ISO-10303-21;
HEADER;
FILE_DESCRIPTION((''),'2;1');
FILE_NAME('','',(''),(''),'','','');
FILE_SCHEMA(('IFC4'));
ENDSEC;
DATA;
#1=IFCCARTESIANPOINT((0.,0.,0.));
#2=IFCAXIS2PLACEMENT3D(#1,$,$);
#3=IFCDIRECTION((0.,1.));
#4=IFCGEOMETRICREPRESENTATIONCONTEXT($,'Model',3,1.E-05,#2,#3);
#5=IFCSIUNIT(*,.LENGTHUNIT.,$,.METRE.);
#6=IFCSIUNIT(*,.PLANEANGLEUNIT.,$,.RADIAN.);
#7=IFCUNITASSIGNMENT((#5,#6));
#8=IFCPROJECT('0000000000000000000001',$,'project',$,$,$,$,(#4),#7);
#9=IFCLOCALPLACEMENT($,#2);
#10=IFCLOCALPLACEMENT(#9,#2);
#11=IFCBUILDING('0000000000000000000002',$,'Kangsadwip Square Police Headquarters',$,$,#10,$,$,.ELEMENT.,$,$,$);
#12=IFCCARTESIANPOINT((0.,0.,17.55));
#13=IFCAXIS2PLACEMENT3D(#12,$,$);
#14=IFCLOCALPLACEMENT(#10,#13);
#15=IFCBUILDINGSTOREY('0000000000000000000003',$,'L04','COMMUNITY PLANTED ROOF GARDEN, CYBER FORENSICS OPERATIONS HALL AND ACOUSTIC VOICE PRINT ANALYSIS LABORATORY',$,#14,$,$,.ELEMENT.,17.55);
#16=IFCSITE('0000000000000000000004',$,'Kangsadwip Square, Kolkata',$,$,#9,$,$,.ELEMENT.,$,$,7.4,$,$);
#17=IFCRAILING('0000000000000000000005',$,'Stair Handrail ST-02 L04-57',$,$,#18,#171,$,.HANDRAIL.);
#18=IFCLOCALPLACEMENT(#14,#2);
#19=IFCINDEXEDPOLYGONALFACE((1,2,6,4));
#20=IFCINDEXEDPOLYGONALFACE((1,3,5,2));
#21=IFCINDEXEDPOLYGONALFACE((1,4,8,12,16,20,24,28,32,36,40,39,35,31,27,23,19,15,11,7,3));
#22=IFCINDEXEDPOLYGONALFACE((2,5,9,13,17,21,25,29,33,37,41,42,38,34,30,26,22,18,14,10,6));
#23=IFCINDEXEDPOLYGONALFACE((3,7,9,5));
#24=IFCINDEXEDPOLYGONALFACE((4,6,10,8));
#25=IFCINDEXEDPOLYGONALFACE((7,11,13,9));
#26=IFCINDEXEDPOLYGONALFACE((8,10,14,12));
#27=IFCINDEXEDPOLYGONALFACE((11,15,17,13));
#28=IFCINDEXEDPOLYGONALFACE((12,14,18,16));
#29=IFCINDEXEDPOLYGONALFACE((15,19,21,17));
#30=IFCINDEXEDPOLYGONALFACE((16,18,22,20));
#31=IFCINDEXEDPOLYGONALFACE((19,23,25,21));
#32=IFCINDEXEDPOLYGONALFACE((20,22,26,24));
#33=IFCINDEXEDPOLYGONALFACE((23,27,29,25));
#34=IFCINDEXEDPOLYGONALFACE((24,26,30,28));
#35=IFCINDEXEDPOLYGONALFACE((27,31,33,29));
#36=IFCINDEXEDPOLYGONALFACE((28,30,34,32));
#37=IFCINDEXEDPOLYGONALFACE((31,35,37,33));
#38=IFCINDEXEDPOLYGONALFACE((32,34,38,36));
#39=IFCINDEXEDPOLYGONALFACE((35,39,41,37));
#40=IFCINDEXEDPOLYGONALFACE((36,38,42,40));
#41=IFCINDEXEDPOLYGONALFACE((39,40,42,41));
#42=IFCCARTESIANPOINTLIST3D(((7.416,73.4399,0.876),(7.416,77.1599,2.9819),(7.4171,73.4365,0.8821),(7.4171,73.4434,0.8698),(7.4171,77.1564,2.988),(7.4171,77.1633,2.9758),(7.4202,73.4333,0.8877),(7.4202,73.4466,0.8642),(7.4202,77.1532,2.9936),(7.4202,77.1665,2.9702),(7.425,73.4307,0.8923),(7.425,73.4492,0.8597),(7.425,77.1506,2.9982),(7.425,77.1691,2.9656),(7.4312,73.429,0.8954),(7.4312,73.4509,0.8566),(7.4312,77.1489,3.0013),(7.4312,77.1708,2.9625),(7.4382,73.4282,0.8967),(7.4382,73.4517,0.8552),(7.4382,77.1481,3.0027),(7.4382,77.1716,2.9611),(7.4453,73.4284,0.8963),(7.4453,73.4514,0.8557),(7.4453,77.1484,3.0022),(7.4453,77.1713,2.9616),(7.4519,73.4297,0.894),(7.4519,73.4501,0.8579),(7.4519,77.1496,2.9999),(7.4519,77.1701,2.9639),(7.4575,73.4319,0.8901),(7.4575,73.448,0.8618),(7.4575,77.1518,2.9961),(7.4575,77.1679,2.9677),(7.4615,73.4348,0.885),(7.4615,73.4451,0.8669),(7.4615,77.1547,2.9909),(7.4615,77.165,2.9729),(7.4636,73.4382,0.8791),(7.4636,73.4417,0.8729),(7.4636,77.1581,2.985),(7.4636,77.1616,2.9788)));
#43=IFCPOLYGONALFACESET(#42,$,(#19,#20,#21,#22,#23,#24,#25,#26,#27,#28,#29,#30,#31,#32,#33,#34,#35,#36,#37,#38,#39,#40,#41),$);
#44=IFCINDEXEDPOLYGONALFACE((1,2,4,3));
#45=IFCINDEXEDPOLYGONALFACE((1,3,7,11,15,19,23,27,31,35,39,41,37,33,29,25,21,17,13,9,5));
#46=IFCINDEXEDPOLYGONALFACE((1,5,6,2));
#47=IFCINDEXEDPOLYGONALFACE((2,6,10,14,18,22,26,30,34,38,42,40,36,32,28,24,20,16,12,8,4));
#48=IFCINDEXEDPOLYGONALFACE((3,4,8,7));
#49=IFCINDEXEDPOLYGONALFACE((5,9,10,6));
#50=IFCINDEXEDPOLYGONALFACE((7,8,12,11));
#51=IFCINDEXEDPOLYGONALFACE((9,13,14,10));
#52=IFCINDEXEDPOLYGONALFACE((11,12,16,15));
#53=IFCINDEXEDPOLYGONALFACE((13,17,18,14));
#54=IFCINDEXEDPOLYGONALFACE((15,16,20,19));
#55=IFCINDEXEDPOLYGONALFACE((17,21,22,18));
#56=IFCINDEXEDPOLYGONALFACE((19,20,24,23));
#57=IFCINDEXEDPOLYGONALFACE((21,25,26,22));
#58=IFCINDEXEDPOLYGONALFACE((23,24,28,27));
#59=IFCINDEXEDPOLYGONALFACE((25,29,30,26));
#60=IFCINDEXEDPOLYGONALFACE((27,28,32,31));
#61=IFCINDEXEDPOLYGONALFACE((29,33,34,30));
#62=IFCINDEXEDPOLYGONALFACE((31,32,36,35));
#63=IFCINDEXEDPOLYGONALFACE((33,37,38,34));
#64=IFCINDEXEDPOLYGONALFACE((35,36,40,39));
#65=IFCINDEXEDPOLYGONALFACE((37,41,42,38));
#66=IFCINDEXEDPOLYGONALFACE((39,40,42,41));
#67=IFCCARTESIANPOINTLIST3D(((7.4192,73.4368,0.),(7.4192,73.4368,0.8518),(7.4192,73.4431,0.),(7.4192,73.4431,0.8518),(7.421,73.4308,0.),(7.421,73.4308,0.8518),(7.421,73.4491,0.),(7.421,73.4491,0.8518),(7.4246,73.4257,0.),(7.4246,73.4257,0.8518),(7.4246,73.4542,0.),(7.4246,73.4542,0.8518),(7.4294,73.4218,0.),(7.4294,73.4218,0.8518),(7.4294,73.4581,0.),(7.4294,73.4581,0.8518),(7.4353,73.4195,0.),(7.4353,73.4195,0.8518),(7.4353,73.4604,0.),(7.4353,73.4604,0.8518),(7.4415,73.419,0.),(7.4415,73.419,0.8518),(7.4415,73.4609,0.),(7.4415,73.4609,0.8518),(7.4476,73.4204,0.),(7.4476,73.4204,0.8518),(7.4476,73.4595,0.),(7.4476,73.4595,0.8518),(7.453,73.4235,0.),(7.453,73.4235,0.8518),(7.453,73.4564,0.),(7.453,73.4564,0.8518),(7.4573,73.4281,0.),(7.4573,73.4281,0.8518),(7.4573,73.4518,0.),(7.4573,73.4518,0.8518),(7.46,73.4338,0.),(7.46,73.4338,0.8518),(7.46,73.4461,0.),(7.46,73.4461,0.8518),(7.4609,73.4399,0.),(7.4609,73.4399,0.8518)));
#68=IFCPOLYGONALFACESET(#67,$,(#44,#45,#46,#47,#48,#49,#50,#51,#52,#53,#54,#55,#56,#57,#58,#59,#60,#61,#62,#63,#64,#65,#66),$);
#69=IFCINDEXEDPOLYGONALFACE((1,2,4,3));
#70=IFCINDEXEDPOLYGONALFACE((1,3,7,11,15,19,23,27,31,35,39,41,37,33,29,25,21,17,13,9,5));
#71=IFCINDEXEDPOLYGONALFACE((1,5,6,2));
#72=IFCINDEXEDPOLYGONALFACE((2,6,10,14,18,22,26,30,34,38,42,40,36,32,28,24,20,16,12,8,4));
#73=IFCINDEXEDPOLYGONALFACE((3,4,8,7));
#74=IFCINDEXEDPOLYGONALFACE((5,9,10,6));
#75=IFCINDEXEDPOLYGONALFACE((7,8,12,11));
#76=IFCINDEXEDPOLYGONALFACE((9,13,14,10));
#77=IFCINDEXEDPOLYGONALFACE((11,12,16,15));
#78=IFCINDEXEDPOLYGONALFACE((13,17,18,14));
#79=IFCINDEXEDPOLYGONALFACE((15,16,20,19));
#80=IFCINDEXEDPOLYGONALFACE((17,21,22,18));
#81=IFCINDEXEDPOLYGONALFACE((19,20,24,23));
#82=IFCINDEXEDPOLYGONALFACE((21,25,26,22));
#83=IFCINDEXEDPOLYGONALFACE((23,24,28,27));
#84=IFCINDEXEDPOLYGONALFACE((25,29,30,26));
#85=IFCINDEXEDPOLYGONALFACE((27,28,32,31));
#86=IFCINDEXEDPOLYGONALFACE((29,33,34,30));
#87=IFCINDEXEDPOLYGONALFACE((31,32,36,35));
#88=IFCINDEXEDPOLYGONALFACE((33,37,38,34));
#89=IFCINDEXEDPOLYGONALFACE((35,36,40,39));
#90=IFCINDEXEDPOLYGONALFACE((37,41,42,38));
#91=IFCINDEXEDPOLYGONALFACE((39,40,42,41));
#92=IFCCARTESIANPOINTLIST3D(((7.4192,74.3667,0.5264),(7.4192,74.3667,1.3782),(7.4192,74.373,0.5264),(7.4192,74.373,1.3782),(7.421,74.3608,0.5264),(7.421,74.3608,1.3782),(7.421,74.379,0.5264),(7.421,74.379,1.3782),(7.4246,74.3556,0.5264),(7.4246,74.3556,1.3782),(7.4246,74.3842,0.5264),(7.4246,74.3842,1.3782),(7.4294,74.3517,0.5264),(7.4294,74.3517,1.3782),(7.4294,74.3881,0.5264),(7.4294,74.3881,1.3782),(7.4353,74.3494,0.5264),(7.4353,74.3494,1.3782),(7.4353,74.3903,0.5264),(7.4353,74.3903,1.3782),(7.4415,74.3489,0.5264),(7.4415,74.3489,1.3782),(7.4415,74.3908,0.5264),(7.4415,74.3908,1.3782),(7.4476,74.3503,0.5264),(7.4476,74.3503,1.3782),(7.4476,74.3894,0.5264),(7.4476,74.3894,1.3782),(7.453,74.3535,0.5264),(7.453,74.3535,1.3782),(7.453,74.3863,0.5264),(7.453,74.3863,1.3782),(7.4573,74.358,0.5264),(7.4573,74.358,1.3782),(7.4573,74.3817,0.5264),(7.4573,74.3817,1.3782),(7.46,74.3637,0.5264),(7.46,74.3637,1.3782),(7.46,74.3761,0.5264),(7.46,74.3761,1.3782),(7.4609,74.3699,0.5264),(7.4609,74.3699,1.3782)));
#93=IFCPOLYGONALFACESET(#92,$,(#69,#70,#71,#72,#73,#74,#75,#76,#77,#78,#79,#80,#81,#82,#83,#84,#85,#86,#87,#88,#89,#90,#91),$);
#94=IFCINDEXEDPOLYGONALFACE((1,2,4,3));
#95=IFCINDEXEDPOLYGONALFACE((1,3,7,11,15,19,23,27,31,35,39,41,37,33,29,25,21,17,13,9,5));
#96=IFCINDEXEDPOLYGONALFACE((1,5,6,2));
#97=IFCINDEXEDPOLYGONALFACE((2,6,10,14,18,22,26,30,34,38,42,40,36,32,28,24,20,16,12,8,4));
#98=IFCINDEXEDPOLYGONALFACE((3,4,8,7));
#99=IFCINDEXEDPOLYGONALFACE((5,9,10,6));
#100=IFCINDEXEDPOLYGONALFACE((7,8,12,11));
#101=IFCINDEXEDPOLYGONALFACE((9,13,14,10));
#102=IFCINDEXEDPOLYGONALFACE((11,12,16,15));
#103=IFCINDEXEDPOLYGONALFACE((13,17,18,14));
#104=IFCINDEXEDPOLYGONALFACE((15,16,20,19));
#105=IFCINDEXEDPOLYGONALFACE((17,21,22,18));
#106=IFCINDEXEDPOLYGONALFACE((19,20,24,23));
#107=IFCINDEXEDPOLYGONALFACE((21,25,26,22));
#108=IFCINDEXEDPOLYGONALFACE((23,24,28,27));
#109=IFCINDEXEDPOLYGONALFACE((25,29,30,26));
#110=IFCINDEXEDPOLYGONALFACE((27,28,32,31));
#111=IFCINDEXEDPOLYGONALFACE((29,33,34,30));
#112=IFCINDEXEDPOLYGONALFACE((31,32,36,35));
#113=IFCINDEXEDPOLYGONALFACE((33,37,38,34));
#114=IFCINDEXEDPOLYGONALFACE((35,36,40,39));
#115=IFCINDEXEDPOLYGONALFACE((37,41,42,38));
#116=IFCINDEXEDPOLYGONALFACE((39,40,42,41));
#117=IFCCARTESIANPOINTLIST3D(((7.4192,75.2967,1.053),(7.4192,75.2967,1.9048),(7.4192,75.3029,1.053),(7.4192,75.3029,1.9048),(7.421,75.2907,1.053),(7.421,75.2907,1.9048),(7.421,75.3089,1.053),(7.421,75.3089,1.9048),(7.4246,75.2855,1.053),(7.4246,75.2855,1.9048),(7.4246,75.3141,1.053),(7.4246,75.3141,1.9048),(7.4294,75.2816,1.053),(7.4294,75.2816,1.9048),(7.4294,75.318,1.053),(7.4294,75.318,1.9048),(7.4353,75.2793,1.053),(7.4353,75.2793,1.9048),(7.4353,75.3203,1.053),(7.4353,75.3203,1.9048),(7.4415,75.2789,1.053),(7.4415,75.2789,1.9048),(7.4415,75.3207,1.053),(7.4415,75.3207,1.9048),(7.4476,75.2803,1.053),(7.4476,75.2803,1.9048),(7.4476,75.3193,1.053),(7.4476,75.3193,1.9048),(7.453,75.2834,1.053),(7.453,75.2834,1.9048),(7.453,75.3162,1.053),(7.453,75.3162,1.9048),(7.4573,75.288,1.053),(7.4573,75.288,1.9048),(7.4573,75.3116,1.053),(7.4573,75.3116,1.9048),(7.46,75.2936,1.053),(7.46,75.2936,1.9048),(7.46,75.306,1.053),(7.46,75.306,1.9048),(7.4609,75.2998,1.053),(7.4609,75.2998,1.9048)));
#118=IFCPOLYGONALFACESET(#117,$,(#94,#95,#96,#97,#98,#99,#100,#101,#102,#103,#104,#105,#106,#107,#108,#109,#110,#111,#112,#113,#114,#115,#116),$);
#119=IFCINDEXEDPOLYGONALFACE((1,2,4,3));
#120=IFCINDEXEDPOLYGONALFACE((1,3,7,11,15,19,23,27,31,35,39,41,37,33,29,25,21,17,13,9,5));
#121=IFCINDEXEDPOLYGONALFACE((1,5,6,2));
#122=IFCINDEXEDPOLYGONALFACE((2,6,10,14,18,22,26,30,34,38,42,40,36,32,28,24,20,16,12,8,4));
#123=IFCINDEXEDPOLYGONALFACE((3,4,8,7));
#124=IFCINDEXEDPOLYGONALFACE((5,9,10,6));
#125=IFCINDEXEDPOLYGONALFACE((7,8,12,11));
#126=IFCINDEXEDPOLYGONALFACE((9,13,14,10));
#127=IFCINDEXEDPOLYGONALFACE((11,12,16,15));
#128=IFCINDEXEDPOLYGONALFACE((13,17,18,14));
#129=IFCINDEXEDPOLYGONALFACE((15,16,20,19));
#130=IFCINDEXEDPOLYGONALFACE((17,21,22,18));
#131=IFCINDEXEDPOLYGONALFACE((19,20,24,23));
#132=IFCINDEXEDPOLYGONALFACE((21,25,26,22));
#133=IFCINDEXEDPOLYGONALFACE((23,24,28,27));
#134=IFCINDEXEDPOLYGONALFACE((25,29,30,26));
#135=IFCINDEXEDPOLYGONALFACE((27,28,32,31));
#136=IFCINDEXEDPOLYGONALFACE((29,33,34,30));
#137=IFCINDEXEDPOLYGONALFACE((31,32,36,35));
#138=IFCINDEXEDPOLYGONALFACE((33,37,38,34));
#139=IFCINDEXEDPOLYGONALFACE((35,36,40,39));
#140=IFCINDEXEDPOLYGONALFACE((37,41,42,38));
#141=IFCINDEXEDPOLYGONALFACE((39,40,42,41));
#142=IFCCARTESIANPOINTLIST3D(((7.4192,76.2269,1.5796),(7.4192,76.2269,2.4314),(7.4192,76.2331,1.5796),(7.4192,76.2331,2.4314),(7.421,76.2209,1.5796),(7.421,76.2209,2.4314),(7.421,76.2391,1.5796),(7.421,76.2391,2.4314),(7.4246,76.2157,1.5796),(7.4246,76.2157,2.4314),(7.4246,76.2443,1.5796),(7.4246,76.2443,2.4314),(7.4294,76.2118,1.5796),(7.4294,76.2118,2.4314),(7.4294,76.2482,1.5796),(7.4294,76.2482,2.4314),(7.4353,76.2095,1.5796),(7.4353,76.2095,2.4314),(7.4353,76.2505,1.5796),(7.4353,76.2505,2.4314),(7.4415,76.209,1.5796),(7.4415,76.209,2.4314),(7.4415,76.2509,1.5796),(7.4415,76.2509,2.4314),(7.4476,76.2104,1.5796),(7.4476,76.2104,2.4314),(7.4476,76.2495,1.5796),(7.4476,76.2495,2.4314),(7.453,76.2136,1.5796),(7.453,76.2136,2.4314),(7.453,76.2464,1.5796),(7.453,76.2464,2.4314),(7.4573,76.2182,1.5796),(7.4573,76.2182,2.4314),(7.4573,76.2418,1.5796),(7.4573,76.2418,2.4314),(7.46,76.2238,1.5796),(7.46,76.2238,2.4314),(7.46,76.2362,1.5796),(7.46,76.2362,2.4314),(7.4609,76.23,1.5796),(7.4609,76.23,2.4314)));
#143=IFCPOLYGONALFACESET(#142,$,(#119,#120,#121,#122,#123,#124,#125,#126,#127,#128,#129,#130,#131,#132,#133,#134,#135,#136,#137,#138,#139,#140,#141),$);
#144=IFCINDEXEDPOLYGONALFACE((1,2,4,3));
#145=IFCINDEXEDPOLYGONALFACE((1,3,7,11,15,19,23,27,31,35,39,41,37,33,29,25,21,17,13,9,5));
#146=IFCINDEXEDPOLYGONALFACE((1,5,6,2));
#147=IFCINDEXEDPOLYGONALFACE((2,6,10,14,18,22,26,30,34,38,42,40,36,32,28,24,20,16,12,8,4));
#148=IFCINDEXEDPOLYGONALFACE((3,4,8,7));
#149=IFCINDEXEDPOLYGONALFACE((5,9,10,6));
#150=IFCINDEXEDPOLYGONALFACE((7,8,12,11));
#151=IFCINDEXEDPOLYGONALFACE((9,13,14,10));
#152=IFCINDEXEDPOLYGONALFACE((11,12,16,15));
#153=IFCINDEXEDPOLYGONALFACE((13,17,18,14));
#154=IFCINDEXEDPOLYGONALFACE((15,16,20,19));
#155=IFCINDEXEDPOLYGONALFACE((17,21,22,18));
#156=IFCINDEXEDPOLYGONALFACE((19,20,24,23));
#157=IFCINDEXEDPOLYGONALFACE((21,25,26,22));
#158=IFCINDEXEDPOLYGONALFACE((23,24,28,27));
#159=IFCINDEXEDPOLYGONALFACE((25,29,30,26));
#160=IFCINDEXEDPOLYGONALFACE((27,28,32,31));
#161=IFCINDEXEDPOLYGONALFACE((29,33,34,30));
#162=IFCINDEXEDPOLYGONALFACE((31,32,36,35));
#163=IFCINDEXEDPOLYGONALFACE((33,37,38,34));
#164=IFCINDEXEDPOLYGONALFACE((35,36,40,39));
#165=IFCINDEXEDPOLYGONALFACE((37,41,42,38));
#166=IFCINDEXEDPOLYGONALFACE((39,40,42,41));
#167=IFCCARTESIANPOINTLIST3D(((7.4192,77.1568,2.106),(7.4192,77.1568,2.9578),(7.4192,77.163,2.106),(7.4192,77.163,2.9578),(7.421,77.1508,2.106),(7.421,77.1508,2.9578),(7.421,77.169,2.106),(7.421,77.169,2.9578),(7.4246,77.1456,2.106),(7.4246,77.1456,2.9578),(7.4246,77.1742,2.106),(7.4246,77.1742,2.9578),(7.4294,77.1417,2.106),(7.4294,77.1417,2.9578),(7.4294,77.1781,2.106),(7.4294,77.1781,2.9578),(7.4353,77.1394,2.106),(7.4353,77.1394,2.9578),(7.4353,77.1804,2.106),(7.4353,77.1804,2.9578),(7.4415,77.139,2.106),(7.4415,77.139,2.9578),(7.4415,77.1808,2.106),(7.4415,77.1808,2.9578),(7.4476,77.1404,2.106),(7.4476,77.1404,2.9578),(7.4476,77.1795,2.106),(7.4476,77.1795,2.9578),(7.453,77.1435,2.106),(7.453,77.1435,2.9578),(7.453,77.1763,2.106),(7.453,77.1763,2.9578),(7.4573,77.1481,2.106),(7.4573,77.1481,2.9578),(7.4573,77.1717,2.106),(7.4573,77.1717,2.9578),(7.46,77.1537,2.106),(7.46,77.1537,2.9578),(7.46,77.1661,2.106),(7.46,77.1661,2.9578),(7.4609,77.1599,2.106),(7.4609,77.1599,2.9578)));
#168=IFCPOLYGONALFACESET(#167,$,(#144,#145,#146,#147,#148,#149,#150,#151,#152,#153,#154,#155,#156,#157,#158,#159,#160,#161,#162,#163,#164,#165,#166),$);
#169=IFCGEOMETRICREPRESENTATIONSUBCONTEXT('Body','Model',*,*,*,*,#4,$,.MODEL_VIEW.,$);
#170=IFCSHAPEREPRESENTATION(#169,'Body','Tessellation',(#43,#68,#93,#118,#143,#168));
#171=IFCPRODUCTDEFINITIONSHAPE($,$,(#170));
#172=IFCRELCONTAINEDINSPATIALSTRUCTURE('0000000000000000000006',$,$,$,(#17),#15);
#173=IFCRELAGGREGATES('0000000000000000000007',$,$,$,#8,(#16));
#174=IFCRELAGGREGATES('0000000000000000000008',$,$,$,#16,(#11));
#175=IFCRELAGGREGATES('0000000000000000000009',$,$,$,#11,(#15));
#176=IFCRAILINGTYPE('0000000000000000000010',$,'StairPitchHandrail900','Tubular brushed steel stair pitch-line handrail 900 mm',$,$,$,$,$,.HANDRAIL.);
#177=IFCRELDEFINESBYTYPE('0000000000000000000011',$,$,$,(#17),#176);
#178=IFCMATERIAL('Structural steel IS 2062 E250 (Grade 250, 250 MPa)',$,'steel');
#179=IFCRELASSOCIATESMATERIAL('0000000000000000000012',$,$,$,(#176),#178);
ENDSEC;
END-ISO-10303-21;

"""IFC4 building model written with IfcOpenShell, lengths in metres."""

from ifc_helpers import new_model, si_unit, direction, frame, origin, origin_2d, place, context, subcontext, project, spatial, circle, extrude, material, type_object, element, save


model = new_model("IFC4")

# Units and contexts
model_context = context("Model", 3, precision=1e-05, world=origin(), true_north=direction((0.0, 1.0)))
body_context = subcontext(model_context, "Body", "Model", "MODEL_VIEW")
ifc_project = project(units=[si_unit("LENGTHUNIT", "METRE"), si_unit("PLANEANGLEUNIT", "RADIAN")], contexts=[model_context])

# Site, building, storey
site_placement = place(None, origin())
site = spatial("IfcSite", under=ifc_project, at=site_placement, Name="Kangsadwip Square, Kolkata", CompositionType="ELEMENT", RefElevation=7.4)
building_placement = place(site_placement, origin())
building = spatial("IfcBuilding", under=site, at=building_placement, Name="Kangsadwip Square Police Headquarters", CompositionType="ELEMENT")
storey_placement = place(building_placement, frame((0.0, 0.0, 17.55)))
storey = spatial("IfcBuildingStorey", under=building, at=storey_placement, Name="L04", Description="COMMUNITY PLANTED ROOF GARDEN, CYBER FORENSICS OPERATIONS HALL AND ACOUSTIC VOICE PRINT ANALYSIS LABORATORY", CompositionType="ELEMENT", Elevation=17.55)

# Railing
ifc_material_1 = material(Name="Structural steel IS 2062 E250 (Grade 250, 250 MPa)", Category="steel")
railing_type_1 = type_object("IfcRailingType", Name="StairPitchHandrail900", Description="Tubular brushed steel stair pitch-line handrail 900 mm", PredefinedType="HANDRAIL", material=ifc_material_1)
railing_1_placement = place(storey_placement, frame((7.4399, 73.4399, 0.0)))
element("IfcRailing", 1, at=railing_1_placement, inside=storey, type_object=railing_type_1, Name="Stair Handrail ST-02 L04-57", PredefinedType="HANDRAIL", context=body_context, shape_type="SweptSolid", body=[
    extrude(circle(Radius=0.0239, at=origin_2d()), frame((0.0, 0.0, 0.876), z_axis=(0.0, 0.870225, 0.492654), x_axis=(-1.0, 0.0, 0.0)), (0.0, 0.0, 1.0), 4.2747),
    extrude(circle(Radius=0.021, at=origin_2d()), origin(), (0.0, 0.0, 1.0), 0.8518),
    extrude(circle(Radius=0.021, at=origin_2d()), frame((0.0, 0.9299, 0.5264)), (0.0, 0.0, 1.0), 0.8518),
    extrude(circle(Radius=0.021, at=origin_2d()), frame((0.0, 1.8599, 1.053)), (0.0, 0.0, 1.0), 0.8518),
    extrude(circle(Radius=0.021, at=origin_2d()), frame((0.0, 2.79, 1.5796)), (0.0, 0.0, 1.0), 0.8518),
    extrude(circle(Radius=0.021, at=origin_2d()), frame((0.0, 3.72, 2.106)), (0.0, 0.0, 1.0), 0.8518),
])

save(model, "model.ifc")
